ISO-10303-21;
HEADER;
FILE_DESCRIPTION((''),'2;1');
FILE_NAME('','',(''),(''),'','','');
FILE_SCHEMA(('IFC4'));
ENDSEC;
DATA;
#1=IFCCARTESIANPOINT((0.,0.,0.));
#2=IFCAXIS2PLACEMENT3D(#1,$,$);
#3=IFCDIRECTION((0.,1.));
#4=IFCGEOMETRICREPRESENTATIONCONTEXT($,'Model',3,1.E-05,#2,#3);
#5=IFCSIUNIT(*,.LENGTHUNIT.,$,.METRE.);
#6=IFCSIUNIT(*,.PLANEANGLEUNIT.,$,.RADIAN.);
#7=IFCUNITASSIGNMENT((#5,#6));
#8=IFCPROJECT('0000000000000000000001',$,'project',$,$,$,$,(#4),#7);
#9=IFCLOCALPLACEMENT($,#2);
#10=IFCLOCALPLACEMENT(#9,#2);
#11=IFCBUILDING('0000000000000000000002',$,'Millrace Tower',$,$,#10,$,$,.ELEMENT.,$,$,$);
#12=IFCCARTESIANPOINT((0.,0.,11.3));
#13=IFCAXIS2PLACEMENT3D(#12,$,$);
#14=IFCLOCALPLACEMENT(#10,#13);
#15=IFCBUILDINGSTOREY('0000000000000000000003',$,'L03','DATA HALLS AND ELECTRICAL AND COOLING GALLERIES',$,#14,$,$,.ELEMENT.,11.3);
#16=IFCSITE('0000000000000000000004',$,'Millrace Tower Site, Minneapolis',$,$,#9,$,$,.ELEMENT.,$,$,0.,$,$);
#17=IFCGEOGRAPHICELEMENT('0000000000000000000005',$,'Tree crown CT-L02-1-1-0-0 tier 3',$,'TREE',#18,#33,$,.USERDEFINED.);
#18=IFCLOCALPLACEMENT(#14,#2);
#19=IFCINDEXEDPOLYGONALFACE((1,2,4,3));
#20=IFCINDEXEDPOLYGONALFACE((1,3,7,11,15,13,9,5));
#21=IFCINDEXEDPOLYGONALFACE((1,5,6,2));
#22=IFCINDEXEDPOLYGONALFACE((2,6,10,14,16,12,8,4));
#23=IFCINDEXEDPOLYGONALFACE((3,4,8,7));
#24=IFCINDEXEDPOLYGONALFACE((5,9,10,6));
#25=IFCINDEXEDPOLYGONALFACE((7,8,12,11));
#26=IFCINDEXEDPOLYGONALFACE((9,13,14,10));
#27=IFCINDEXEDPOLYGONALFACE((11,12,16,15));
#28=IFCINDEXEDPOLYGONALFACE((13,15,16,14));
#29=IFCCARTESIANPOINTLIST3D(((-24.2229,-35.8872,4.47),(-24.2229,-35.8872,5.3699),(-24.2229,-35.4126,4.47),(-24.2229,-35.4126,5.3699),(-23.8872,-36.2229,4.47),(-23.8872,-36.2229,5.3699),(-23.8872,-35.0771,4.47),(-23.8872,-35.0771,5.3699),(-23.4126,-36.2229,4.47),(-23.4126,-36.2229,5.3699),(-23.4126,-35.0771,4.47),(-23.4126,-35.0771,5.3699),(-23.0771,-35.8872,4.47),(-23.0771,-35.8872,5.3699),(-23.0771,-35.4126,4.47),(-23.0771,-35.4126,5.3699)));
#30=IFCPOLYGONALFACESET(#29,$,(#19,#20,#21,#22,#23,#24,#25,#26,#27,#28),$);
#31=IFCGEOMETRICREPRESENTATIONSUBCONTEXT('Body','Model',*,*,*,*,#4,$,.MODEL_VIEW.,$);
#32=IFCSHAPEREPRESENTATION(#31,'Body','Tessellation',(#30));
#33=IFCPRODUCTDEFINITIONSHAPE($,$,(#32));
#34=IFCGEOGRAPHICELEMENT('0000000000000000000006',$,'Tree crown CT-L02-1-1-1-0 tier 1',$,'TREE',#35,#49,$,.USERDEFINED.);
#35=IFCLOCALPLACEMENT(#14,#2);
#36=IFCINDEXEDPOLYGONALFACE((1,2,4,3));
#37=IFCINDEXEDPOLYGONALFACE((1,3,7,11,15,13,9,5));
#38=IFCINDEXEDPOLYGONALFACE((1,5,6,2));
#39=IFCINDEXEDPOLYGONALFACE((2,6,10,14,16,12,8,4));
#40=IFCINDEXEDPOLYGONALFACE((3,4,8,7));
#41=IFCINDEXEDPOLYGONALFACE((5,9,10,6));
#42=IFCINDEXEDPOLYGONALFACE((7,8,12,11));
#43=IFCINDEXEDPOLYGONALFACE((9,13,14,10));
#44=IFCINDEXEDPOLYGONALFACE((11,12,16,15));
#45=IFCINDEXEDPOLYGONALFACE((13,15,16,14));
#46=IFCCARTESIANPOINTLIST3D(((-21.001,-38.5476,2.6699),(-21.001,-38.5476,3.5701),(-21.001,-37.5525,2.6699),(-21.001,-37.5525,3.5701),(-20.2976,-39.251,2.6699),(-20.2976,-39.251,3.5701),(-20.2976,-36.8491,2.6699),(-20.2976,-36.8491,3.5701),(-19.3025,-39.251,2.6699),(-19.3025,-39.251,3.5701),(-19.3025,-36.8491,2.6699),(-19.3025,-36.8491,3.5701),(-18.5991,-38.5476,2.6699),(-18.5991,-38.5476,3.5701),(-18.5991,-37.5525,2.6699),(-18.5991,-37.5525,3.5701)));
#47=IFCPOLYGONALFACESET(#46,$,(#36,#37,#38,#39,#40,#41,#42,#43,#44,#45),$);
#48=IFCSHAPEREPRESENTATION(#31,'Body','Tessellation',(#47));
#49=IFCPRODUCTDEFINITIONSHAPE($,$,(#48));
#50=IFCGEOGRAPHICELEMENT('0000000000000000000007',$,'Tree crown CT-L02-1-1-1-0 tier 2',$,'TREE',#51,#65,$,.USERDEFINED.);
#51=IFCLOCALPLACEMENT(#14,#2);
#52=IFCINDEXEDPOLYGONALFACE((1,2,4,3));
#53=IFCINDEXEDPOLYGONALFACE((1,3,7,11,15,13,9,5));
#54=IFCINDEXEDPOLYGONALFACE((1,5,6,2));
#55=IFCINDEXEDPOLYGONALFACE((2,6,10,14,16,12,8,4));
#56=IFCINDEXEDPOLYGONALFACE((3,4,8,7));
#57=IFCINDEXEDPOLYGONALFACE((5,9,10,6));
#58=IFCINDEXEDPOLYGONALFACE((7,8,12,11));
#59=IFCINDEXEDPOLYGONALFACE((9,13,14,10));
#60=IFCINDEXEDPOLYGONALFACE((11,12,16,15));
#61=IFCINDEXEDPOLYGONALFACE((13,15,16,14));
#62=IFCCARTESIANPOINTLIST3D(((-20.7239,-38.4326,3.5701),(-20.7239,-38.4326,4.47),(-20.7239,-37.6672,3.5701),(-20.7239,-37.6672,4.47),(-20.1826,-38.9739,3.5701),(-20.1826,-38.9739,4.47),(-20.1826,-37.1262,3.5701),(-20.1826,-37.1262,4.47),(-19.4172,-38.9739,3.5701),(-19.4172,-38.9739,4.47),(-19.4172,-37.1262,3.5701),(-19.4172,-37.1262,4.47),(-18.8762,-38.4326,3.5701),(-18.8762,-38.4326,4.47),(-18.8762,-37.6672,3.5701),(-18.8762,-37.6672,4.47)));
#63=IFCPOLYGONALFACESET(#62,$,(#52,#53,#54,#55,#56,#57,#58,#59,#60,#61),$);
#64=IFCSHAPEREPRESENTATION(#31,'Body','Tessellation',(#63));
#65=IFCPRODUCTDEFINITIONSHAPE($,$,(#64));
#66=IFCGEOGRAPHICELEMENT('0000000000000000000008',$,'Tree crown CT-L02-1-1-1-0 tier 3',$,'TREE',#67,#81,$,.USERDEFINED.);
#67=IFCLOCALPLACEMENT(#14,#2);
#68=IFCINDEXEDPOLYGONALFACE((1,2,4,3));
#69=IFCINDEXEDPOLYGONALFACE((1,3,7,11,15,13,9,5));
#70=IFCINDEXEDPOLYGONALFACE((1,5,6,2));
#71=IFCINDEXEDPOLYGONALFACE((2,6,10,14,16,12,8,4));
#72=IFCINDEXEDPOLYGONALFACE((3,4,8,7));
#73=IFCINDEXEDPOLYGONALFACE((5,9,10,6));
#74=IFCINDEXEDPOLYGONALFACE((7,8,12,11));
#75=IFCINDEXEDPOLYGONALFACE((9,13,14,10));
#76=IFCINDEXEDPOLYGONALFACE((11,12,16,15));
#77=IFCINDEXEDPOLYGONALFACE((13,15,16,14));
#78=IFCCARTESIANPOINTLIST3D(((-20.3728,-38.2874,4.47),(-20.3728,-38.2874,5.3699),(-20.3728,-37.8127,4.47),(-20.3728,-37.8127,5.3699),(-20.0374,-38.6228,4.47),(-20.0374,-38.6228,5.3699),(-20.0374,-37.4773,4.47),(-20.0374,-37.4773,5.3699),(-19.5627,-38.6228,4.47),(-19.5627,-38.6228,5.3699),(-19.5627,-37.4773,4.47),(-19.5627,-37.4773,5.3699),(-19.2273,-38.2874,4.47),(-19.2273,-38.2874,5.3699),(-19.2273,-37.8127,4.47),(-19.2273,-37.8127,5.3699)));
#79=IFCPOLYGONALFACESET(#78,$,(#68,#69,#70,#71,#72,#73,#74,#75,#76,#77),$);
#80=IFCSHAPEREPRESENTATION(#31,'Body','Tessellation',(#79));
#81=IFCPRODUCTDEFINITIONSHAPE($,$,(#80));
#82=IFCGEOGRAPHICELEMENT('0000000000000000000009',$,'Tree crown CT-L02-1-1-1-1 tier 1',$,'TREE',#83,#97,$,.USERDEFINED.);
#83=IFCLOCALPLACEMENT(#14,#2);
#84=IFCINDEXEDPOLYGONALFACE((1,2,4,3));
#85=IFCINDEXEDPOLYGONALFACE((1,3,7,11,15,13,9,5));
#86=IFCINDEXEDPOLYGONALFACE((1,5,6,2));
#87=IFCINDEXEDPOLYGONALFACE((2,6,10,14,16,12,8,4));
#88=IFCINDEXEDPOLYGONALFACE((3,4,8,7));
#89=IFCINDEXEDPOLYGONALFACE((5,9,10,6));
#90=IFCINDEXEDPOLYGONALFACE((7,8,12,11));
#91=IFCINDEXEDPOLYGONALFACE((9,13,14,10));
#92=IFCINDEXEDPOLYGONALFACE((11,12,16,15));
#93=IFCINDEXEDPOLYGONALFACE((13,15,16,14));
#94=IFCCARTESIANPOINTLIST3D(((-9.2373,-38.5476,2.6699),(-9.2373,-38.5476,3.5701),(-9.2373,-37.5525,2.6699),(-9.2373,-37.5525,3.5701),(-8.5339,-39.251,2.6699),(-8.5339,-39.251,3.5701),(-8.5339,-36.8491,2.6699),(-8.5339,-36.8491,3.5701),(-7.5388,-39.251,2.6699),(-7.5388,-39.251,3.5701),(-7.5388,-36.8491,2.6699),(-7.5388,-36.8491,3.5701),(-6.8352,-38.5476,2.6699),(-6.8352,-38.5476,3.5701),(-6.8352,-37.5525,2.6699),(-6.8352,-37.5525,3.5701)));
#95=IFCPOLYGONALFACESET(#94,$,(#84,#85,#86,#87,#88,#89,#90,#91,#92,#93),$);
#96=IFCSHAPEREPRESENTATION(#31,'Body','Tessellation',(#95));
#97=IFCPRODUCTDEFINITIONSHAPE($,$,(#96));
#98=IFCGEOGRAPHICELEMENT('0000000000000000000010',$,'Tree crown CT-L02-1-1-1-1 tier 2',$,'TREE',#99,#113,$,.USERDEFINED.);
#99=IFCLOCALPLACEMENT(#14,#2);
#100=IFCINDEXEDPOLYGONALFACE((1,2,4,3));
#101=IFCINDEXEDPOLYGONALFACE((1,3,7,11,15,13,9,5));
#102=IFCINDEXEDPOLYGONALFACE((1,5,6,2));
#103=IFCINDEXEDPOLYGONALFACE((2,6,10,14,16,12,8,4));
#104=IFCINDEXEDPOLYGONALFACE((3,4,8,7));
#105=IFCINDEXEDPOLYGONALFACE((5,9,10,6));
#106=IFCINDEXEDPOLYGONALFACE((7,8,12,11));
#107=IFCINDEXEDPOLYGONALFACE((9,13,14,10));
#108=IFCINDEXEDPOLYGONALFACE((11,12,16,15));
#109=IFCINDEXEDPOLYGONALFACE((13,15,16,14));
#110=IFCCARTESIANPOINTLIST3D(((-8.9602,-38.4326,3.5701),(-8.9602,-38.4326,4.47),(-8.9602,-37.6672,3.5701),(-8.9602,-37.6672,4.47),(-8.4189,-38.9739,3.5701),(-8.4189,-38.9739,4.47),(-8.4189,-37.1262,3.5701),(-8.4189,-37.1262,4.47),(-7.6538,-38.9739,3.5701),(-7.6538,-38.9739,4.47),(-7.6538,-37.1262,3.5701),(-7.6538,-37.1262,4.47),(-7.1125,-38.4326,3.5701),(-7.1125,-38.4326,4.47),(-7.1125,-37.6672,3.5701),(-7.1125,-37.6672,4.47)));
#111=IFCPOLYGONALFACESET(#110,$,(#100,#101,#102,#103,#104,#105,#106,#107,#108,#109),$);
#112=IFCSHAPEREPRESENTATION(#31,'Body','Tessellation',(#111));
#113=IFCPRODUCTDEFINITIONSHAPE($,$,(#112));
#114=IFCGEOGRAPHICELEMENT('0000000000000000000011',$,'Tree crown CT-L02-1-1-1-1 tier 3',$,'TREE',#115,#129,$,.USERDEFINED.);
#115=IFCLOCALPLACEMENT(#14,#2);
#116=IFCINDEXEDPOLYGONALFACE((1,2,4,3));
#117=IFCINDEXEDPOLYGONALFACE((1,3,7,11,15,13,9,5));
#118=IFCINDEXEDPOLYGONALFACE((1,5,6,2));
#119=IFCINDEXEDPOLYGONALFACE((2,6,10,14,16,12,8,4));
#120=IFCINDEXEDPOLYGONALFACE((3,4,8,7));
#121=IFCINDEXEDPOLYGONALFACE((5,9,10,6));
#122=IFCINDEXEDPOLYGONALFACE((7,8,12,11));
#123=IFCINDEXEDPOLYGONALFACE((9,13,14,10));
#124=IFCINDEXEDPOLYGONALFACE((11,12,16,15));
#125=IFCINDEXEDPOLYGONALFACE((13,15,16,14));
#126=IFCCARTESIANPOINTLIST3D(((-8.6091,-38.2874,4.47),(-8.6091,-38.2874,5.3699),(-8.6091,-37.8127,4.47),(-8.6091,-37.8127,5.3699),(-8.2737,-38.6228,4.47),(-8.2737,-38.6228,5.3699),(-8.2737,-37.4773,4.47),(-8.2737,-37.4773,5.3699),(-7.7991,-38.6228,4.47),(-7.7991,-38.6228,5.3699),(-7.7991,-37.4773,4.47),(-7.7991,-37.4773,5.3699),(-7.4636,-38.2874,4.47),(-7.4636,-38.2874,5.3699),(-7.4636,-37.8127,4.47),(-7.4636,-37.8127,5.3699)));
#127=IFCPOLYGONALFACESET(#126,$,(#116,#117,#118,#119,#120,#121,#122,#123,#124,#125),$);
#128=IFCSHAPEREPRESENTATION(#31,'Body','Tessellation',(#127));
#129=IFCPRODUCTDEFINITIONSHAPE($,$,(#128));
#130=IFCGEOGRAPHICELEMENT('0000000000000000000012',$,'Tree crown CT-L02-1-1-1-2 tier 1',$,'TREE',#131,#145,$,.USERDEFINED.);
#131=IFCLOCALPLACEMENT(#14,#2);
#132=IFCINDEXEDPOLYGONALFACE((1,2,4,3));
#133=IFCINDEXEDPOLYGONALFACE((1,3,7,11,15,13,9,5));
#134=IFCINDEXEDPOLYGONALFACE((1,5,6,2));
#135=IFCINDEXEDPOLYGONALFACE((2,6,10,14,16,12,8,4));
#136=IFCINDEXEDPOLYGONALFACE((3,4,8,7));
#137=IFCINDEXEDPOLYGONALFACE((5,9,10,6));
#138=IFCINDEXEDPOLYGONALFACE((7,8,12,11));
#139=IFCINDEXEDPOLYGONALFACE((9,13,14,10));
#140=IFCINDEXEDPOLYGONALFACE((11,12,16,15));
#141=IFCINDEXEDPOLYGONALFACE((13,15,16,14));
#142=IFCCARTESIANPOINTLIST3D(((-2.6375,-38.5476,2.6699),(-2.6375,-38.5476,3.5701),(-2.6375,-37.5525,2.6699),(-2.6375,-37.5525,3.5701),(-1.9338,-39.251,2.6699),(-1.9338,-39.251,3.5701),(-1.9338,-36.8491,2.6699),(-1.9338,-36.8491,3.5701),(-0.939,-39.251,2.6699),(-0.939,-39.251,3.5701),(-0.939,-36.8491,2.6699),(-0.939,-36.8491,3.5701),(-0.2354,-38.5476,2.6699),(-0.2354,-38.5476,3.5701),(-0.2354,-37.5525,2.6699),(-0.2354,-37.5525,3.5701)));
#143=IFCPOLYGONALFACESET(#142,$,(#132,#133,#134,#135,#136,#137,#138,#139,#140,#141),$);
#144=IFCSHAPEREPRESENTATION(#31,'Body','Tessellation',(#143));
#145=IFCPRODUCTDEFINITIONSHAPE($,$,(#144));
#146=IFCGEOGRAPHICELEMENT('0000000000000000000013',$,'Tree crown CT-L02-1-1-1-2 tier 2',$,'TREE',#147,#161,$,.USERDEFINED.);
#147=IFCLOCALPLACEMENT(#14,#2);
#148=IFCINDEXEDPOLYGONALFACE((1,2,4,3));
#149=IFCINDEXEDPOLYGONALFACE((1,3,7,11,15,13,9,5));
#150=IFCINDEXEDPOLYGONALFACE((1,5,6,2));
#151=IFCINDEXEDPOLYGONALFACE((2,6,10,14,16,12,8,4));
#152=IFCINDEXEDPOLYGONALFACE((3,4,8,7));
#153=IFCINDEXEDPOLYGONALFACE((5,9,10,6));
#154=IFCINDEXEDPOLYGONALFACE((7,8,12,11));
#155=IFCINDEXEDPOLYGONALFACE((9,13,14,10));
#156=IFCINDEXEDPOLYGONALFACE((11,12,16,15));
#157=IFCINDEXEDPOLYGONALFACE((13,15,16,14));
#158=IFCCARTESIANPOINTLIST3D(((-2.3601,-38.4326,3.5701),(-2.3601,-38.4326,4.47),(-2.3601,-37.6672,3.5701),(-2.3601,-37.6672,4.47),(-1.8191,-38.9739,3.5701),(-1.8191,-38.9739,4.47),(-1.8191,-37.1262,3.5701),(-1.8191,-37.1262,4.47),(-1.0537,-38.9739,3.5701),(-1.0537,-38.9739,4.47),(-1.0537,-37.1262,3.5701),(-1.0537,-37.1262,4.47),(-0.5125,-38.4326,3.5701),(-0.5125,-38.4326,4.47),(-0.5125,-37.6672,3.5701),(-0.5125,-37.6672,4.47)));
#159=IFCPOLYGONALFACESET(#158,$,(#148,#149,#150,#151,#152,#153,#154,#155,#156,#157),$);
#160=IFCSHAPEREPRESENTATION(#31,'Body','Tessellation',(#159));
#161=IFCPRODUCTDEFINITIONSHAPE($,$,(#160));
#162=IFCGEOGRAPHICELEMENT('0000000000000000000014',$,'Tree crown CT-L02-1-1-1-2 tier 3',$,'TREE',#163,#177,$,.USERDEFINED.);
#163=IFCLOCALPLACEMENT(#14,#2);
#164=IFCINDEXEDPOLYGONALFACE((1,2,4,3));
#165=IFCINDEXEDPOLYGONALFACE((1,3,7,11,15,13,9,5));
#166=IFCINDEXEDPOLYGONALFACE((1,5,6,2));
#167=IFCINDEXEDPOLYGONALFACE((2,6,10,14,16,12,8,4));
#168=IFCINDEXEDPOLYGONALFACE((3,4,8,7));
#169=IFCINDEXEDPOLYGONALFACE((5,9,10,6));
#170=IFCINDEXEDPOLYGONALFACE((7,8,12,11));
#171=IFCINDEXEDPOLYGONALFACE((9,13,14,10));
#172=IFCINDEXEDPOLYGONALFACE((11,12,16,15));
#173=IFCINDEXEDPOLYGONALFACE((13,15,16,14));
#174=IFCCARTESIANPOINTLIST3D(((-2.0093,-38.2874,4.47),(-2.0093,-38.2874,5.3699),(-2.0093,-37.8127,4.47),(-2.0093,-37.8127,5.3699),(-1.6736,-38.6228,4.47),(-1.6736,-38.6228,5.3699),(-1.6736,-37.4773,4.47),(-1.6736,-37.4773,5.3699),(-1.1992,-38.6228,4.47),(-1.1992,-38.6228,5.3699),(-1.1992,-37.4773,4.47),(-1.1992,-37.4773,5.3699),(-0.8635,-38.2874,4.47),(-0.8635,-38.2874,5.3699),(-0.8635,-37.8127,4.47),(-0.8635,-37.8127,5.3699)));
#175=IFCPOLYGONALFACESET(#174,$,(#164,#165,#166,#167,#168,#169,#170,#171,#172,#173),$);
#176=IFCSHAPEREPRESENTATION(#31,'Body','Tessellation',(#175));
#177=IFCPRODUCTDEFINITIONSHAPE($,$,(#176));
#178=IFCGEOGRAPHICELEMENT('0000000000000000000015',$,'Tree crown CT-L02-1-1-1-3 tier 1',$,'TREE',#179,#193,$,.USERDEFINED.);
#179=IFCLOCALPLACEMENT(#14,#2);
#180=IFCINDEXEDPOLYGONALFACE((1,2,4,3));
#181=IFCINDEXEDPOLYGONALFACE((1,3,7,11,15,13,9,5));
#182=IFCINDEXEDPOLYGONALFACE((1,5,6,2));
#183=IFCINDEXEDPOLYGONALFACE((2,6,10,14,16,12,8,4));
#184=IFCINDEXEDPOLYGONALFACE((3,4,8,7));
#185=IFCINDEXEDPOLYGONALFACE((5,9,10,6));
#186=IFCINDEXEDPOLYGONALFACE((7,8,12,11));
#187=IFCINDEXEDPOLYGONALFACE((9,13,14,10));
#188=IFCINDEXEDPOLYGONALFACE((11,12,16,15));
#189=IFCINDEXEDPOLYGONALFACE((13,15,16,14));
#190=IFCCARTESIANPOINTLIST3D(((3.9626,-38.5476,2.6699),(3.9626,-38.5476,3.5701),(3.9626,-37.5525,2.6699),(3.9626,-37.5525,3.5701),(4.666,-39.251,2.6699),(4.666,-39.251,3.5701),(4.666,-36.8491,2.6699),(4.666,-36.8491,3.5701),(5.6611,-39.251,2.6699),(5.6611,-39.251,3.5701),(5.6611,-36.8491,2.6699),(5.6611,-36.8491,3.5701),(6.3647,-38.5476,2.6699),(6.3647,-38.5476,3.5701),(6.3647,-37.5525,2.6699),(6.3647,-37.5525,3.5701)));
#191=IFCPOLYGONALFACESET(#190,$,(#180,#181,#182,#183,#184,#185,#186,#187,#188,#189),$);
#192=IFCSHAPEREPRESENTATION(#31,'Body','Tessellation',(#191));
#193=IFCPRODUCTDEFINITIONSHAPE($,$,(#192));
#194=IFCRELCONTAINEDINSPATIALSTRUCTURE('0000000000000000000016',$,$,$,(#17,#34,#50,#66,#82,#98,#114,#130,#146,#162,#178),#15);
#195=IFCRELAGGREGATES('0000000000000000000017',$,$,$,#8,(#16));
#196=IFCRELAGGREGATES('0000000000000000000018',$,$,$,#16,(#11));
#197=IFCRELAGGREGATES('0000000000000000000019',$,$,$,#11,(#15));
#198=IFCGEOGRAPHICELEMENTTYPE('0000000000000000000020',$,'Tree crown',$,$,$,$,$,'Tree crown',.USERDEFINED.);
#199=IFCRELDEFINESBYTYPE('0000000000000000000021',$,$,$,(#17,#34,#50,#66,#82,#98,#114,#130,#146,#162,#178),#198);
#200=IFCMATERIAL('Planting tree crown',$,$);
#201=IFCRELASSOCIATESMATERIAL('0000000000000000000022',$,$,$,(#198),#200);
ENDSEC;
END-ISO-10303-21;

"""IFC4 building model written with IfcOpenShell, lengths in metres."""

from ifc_helpers import new_model, si_unit, direction, frame, origin, place, context, subcontext, project, spatial, polyline, outline, extrude, material, type_object, element, save


model = new_model("IFC4")

# Units and contexts
model_context = context("Model", 3, precision=1e-05, world=origin(), true_north=direction((0.0, 1.0)))
body_context = subcontext(model_context, "Body", "Model", "MODEL_VIEW")
ifc_project = project(units=[si_unit("LENGTHUNIT", "METRE"), si_unit("PLANEANGLEUNIT", "RADIAN")], contexts=[model_context])

# Site, building, storey
site_placement = place(None, origin())
site = spatial("IfcSite", under=ifc_project, at=site_placement, Name="Millrace Tower Site, Minneapolis", CompositionType="ELEMENT", RefElevation=0.0)
building_placement = place(site_placement, origin())
building = spatial("IfcBuilding", under=site, at=building_placement, Name="Millrace Tower", CompositionType="ELEMENT")
storey_placement = place(building_placement, frame((0.0, 0.0, 11.3)))
storey = spatial("IfcBuildingStorey", under=building, at=storey_placement, Name="L03", Description="DATA HALLS AND ELECTRICAL AND COOLING GALLERIES", CompositionType="ELEMENT", Elevation=11.3)

# Geographic elements
ifc_material_1 = material(Name="Planting tree crown")
geographic_element_type = type_object("IfcGeographicElementType", Name="Tree crown", ElementType="Tree crown", PredefinedType="USERDEFINED", material=ifc_material_1)
placement_1 = place(storey_placement, frame((0.0, 0.0, 2.6699)))
placement_2 = place(storey_placement, frame((0.0, 0.0, 3.5701)))
placement_3 = place(storey_placement, frame((0.0, 0.0, 4.47)))
element("IfcGeographicElement", 1, at=placement_3, inside=storey, type_object=geographic_element_type, Name="Tree crown CT-L02-1-1-0-0 tier 3", ObjectType="TREE", PredefinedType="USERDEFINED", context=body_context, shape_type="SweptSolid", body=[
    extrude(outline(polyline([(-23.0771, -35.4126), (-23.4126, -35.0771), (-23.8872, -35.0771), (-24.2229, -35.4126), (-24.2229, -35.8872), (-23.8872, -36.2229), (-23.4126, -36.2229), (-23.0771, -35.8872), (-23.0771, -35.4126)])), origin(), (0.0, 0.0, 1.0), 0.8999),
])
element("IfcGeographicElement", 2, at=placement_1, inside=storey, type_object=geographic_element_type, Name="Tree crown CT-L02-1-1-1-0 tier 1", ObjectType="TREE", PredefinedType="USERDEFINED", context=body_context, shape_type="SweptSolid", body=[
    extrude(outline(polyline([(-18.5991, -37.5525), (-19.3025, -36.8491), (-20.2976, -36.8491), (-21.001, -37.5525), (-21.001, -38.5476), (-20.2976, -39.251), (-19.3025, -39.251), (-18.5991, -38.5476), (-18.5991, -37.5525)])), origin(), (0.0, 0.0, 1.0), 0.9001),
])
element("IfcGeographicElement", 3, at=placement_2, inside=storey, type_object=geographic_element_type, Name="Tree crown CT-L02-1-1-1-0 tier 2", ObjectType="TREE", PredefinedType="USERDEFINED", context=body_context, shape_type="SweptSolid", body=[
    extrude(outline(polyline([(-18.8762, -37.6672), (-19.4172, -37.1262), (-20.1826, -37.1262), (-20.7239, -37.6672), (-20.7239, -38.4326), (-20.1826, -38.9739), (-19.4172, -38.9739), (-18.8762, -38.4326), (-18.8762, -37.6672)])), origin(), (0.0, 0.0, 1.0), 0.8999),
])
element("IfcGeographicElement", 4, at=placement_3, inside=storey, type_object=geographic_element_type, Name="Tree crown CT-L02-1-1-1-0 tier 3", ObjectType="TREE", PredefinedType="USERDEFINED", context=body_context, shape_type="SweptSolid", body=[
    extrude(outline(polyline([(-19.2273, -37.8127), (-19.5627, -37.4773), (-20.0374, -37.4773), (-20.3728, -37.8127), (-20.3728, -38.2874), (-20.0374, -38.6228), (-19.5627, -38.6228), (-19.2273, -38.2874), (-19.2273, -37.8127)])), origin(), (0.0, 0.0, 1.0), 0.8999),
])
element("IfcGeographicElement", 5, at=placement_1, inside=storey, type_object=geographic_element_type, Name="Tree crown CT-L02-1-1-1-1 tier 1", ObjectType="TREE", PredefinedType="USERDEFINED", context=body_context, shape_type="SweptSolid", body=[
    extrude(outline(polyline([(-6.8352, -37.5525), (-7.5388, -36.8491), (-8.5339, -36.8491), (-9.2373, -37.5525), (-9.2373, -38.5476), (-8.5339, -39.251), (-7.5388, -39.251), (-6.8352, -38.5476), (-6.8352, -37.5525)])), origin(), (0.0, 0.0, 1.0), 0.9001),
])
element("IfcGeographicElement", 6, at=placement_2, inside=storey, type_object=geographic_element_type, Name="Tree crown CT-L02-1-1-1-1 tier 2", ObjectType="TREE", PredefinedType="USERDEFINED", context=body_context, shape_type="SweptSolid", body=[
    extrude(outline(polyline([(-7.1125, -37.6672), (-7.6538, -37.1262), (-8.4189, -37.1262), (-8.9602, -37.6672), (-8.9602, -38.4326), (-8.4189, -38.9739), (-7.6538, -38.9739), (-7.1125, -38.4326), (-7.1125, -37.6672)])), origin(), (0.0, 0.0, 1.0), 0.8999),
])
element("IfcGeographicElement", 7, at=placement_3, inside=storey, type_object=geographic_element_type, Name="Tree crown CT-L02-1-1-1-1 tier 3", ObjectType="TREE", PredefinedType="USERDEFINED", context=body_context, shape_type="SweptSolid", body=[
    extrude(outline(polyline([(-7.4636, -37.8127), (-7.7991, -37.4773), (-8.2737, -37.4773), (-8.6091, -37.8127), (-8.6091, -38.2874), (-8.2737, -38.6228), (-7.7991, -38.6228), (-7.4636, -38.2874), (-7.4636, -37.8127)])), origin(), (0.0, 0.0, 1.0), 0.8999),
])
element("IfcGeographicElement", 8, at=placement_1, inside=storey, type_object=geographic_element_type, Name="Tree crown CT-L02-1-1-1-2 tier 1", ObjectType="TREE", PredefinedType="USERDEFINED", context=body_context, shape_type="SweptSolid", body=[
    extrude(outline(polyline([(-0.2354, -37.5525), (-0.939, -36.8491), (-1.9338, -36.8491), (-2.6375, -37.5525), (-2.6375, -38.5476), (-1.9338, -39.251), (-0.939, -39.251), (-0.2354, -38.5476), (-0.2354, -37.5525)])), origin(), (0.0, 0.0, 1.0), 0.9001),
])
element("IfcGeographicElement", 9, at=placement_2, inside=storey, type_object=geographic_element_type, Name="Tree crown CT-L02-1-1-1-2 tier 2", ObjectType="TREE", PredefinedType="USERDEFINED", context=body_context, shape_type="SweptSolid", body=[
    extrude(outline(polyline([(-0.5125, -37.6672), (-1.0537, -37.1262), (-1.8191, -37.1262), (-2.3601, -37.6672), (-2.3601, -38.4326), (-1.8191, -38.9739), (-1.0537, -38.9739), (-0.5125, -38.4326), (-0.5125, -37.6672)])), origin(), (0.0, 0.0, 1.0), 0.8999),
])
element("IfcGeographicElement", 10, at=placement_3, inside=storey, type_object=geographic_element_type, Name="Tree crown CT-L02-1-1-1-2 tier 3", ObjectType="TREE", PredefinedType="USERDEFINED", context=body_context, shape_type="SweptSolid", body=[
    extrude(outline(polyline([(-0.8635, -37.8127), (-1.1992, -37.4773), (-1.6736, -37.4773), (-2.0093, -37.8127), (-2.0093, -38.2874), (-1.6736, -38.6228), (-1.1992, -38.6228), (-0.8635, -38.2874), (-0.8635, -37.8127)])), origin(), (0.0, 0.0, 1.0), 0.8999),
])
element("IfcGeographicElement", 11, at=placement_1, inside=storey, type_object=geographic_element_type, Name="Tree crown CT-L02-1-1-1-3 tier 1", ObjectType="TREE", PredefinedType="USERDEFINED", context=body_context, shape_type="SweptSolid", body=[
    extrude(outline(polyline([(6.3647, -37.5525), (5.6611, -36.8491), (4.666, -36.8491), (3.9626, -37.5525), (3.9626, -38.5476), (4.666, -39.251), (5.6611, -39.251), (6.3647, -38.5476), (6.3647, -37.5525)])), origin(), (0.0, 0.0, 1.0), 0.9001),
])

save(model, "model.ifc")
